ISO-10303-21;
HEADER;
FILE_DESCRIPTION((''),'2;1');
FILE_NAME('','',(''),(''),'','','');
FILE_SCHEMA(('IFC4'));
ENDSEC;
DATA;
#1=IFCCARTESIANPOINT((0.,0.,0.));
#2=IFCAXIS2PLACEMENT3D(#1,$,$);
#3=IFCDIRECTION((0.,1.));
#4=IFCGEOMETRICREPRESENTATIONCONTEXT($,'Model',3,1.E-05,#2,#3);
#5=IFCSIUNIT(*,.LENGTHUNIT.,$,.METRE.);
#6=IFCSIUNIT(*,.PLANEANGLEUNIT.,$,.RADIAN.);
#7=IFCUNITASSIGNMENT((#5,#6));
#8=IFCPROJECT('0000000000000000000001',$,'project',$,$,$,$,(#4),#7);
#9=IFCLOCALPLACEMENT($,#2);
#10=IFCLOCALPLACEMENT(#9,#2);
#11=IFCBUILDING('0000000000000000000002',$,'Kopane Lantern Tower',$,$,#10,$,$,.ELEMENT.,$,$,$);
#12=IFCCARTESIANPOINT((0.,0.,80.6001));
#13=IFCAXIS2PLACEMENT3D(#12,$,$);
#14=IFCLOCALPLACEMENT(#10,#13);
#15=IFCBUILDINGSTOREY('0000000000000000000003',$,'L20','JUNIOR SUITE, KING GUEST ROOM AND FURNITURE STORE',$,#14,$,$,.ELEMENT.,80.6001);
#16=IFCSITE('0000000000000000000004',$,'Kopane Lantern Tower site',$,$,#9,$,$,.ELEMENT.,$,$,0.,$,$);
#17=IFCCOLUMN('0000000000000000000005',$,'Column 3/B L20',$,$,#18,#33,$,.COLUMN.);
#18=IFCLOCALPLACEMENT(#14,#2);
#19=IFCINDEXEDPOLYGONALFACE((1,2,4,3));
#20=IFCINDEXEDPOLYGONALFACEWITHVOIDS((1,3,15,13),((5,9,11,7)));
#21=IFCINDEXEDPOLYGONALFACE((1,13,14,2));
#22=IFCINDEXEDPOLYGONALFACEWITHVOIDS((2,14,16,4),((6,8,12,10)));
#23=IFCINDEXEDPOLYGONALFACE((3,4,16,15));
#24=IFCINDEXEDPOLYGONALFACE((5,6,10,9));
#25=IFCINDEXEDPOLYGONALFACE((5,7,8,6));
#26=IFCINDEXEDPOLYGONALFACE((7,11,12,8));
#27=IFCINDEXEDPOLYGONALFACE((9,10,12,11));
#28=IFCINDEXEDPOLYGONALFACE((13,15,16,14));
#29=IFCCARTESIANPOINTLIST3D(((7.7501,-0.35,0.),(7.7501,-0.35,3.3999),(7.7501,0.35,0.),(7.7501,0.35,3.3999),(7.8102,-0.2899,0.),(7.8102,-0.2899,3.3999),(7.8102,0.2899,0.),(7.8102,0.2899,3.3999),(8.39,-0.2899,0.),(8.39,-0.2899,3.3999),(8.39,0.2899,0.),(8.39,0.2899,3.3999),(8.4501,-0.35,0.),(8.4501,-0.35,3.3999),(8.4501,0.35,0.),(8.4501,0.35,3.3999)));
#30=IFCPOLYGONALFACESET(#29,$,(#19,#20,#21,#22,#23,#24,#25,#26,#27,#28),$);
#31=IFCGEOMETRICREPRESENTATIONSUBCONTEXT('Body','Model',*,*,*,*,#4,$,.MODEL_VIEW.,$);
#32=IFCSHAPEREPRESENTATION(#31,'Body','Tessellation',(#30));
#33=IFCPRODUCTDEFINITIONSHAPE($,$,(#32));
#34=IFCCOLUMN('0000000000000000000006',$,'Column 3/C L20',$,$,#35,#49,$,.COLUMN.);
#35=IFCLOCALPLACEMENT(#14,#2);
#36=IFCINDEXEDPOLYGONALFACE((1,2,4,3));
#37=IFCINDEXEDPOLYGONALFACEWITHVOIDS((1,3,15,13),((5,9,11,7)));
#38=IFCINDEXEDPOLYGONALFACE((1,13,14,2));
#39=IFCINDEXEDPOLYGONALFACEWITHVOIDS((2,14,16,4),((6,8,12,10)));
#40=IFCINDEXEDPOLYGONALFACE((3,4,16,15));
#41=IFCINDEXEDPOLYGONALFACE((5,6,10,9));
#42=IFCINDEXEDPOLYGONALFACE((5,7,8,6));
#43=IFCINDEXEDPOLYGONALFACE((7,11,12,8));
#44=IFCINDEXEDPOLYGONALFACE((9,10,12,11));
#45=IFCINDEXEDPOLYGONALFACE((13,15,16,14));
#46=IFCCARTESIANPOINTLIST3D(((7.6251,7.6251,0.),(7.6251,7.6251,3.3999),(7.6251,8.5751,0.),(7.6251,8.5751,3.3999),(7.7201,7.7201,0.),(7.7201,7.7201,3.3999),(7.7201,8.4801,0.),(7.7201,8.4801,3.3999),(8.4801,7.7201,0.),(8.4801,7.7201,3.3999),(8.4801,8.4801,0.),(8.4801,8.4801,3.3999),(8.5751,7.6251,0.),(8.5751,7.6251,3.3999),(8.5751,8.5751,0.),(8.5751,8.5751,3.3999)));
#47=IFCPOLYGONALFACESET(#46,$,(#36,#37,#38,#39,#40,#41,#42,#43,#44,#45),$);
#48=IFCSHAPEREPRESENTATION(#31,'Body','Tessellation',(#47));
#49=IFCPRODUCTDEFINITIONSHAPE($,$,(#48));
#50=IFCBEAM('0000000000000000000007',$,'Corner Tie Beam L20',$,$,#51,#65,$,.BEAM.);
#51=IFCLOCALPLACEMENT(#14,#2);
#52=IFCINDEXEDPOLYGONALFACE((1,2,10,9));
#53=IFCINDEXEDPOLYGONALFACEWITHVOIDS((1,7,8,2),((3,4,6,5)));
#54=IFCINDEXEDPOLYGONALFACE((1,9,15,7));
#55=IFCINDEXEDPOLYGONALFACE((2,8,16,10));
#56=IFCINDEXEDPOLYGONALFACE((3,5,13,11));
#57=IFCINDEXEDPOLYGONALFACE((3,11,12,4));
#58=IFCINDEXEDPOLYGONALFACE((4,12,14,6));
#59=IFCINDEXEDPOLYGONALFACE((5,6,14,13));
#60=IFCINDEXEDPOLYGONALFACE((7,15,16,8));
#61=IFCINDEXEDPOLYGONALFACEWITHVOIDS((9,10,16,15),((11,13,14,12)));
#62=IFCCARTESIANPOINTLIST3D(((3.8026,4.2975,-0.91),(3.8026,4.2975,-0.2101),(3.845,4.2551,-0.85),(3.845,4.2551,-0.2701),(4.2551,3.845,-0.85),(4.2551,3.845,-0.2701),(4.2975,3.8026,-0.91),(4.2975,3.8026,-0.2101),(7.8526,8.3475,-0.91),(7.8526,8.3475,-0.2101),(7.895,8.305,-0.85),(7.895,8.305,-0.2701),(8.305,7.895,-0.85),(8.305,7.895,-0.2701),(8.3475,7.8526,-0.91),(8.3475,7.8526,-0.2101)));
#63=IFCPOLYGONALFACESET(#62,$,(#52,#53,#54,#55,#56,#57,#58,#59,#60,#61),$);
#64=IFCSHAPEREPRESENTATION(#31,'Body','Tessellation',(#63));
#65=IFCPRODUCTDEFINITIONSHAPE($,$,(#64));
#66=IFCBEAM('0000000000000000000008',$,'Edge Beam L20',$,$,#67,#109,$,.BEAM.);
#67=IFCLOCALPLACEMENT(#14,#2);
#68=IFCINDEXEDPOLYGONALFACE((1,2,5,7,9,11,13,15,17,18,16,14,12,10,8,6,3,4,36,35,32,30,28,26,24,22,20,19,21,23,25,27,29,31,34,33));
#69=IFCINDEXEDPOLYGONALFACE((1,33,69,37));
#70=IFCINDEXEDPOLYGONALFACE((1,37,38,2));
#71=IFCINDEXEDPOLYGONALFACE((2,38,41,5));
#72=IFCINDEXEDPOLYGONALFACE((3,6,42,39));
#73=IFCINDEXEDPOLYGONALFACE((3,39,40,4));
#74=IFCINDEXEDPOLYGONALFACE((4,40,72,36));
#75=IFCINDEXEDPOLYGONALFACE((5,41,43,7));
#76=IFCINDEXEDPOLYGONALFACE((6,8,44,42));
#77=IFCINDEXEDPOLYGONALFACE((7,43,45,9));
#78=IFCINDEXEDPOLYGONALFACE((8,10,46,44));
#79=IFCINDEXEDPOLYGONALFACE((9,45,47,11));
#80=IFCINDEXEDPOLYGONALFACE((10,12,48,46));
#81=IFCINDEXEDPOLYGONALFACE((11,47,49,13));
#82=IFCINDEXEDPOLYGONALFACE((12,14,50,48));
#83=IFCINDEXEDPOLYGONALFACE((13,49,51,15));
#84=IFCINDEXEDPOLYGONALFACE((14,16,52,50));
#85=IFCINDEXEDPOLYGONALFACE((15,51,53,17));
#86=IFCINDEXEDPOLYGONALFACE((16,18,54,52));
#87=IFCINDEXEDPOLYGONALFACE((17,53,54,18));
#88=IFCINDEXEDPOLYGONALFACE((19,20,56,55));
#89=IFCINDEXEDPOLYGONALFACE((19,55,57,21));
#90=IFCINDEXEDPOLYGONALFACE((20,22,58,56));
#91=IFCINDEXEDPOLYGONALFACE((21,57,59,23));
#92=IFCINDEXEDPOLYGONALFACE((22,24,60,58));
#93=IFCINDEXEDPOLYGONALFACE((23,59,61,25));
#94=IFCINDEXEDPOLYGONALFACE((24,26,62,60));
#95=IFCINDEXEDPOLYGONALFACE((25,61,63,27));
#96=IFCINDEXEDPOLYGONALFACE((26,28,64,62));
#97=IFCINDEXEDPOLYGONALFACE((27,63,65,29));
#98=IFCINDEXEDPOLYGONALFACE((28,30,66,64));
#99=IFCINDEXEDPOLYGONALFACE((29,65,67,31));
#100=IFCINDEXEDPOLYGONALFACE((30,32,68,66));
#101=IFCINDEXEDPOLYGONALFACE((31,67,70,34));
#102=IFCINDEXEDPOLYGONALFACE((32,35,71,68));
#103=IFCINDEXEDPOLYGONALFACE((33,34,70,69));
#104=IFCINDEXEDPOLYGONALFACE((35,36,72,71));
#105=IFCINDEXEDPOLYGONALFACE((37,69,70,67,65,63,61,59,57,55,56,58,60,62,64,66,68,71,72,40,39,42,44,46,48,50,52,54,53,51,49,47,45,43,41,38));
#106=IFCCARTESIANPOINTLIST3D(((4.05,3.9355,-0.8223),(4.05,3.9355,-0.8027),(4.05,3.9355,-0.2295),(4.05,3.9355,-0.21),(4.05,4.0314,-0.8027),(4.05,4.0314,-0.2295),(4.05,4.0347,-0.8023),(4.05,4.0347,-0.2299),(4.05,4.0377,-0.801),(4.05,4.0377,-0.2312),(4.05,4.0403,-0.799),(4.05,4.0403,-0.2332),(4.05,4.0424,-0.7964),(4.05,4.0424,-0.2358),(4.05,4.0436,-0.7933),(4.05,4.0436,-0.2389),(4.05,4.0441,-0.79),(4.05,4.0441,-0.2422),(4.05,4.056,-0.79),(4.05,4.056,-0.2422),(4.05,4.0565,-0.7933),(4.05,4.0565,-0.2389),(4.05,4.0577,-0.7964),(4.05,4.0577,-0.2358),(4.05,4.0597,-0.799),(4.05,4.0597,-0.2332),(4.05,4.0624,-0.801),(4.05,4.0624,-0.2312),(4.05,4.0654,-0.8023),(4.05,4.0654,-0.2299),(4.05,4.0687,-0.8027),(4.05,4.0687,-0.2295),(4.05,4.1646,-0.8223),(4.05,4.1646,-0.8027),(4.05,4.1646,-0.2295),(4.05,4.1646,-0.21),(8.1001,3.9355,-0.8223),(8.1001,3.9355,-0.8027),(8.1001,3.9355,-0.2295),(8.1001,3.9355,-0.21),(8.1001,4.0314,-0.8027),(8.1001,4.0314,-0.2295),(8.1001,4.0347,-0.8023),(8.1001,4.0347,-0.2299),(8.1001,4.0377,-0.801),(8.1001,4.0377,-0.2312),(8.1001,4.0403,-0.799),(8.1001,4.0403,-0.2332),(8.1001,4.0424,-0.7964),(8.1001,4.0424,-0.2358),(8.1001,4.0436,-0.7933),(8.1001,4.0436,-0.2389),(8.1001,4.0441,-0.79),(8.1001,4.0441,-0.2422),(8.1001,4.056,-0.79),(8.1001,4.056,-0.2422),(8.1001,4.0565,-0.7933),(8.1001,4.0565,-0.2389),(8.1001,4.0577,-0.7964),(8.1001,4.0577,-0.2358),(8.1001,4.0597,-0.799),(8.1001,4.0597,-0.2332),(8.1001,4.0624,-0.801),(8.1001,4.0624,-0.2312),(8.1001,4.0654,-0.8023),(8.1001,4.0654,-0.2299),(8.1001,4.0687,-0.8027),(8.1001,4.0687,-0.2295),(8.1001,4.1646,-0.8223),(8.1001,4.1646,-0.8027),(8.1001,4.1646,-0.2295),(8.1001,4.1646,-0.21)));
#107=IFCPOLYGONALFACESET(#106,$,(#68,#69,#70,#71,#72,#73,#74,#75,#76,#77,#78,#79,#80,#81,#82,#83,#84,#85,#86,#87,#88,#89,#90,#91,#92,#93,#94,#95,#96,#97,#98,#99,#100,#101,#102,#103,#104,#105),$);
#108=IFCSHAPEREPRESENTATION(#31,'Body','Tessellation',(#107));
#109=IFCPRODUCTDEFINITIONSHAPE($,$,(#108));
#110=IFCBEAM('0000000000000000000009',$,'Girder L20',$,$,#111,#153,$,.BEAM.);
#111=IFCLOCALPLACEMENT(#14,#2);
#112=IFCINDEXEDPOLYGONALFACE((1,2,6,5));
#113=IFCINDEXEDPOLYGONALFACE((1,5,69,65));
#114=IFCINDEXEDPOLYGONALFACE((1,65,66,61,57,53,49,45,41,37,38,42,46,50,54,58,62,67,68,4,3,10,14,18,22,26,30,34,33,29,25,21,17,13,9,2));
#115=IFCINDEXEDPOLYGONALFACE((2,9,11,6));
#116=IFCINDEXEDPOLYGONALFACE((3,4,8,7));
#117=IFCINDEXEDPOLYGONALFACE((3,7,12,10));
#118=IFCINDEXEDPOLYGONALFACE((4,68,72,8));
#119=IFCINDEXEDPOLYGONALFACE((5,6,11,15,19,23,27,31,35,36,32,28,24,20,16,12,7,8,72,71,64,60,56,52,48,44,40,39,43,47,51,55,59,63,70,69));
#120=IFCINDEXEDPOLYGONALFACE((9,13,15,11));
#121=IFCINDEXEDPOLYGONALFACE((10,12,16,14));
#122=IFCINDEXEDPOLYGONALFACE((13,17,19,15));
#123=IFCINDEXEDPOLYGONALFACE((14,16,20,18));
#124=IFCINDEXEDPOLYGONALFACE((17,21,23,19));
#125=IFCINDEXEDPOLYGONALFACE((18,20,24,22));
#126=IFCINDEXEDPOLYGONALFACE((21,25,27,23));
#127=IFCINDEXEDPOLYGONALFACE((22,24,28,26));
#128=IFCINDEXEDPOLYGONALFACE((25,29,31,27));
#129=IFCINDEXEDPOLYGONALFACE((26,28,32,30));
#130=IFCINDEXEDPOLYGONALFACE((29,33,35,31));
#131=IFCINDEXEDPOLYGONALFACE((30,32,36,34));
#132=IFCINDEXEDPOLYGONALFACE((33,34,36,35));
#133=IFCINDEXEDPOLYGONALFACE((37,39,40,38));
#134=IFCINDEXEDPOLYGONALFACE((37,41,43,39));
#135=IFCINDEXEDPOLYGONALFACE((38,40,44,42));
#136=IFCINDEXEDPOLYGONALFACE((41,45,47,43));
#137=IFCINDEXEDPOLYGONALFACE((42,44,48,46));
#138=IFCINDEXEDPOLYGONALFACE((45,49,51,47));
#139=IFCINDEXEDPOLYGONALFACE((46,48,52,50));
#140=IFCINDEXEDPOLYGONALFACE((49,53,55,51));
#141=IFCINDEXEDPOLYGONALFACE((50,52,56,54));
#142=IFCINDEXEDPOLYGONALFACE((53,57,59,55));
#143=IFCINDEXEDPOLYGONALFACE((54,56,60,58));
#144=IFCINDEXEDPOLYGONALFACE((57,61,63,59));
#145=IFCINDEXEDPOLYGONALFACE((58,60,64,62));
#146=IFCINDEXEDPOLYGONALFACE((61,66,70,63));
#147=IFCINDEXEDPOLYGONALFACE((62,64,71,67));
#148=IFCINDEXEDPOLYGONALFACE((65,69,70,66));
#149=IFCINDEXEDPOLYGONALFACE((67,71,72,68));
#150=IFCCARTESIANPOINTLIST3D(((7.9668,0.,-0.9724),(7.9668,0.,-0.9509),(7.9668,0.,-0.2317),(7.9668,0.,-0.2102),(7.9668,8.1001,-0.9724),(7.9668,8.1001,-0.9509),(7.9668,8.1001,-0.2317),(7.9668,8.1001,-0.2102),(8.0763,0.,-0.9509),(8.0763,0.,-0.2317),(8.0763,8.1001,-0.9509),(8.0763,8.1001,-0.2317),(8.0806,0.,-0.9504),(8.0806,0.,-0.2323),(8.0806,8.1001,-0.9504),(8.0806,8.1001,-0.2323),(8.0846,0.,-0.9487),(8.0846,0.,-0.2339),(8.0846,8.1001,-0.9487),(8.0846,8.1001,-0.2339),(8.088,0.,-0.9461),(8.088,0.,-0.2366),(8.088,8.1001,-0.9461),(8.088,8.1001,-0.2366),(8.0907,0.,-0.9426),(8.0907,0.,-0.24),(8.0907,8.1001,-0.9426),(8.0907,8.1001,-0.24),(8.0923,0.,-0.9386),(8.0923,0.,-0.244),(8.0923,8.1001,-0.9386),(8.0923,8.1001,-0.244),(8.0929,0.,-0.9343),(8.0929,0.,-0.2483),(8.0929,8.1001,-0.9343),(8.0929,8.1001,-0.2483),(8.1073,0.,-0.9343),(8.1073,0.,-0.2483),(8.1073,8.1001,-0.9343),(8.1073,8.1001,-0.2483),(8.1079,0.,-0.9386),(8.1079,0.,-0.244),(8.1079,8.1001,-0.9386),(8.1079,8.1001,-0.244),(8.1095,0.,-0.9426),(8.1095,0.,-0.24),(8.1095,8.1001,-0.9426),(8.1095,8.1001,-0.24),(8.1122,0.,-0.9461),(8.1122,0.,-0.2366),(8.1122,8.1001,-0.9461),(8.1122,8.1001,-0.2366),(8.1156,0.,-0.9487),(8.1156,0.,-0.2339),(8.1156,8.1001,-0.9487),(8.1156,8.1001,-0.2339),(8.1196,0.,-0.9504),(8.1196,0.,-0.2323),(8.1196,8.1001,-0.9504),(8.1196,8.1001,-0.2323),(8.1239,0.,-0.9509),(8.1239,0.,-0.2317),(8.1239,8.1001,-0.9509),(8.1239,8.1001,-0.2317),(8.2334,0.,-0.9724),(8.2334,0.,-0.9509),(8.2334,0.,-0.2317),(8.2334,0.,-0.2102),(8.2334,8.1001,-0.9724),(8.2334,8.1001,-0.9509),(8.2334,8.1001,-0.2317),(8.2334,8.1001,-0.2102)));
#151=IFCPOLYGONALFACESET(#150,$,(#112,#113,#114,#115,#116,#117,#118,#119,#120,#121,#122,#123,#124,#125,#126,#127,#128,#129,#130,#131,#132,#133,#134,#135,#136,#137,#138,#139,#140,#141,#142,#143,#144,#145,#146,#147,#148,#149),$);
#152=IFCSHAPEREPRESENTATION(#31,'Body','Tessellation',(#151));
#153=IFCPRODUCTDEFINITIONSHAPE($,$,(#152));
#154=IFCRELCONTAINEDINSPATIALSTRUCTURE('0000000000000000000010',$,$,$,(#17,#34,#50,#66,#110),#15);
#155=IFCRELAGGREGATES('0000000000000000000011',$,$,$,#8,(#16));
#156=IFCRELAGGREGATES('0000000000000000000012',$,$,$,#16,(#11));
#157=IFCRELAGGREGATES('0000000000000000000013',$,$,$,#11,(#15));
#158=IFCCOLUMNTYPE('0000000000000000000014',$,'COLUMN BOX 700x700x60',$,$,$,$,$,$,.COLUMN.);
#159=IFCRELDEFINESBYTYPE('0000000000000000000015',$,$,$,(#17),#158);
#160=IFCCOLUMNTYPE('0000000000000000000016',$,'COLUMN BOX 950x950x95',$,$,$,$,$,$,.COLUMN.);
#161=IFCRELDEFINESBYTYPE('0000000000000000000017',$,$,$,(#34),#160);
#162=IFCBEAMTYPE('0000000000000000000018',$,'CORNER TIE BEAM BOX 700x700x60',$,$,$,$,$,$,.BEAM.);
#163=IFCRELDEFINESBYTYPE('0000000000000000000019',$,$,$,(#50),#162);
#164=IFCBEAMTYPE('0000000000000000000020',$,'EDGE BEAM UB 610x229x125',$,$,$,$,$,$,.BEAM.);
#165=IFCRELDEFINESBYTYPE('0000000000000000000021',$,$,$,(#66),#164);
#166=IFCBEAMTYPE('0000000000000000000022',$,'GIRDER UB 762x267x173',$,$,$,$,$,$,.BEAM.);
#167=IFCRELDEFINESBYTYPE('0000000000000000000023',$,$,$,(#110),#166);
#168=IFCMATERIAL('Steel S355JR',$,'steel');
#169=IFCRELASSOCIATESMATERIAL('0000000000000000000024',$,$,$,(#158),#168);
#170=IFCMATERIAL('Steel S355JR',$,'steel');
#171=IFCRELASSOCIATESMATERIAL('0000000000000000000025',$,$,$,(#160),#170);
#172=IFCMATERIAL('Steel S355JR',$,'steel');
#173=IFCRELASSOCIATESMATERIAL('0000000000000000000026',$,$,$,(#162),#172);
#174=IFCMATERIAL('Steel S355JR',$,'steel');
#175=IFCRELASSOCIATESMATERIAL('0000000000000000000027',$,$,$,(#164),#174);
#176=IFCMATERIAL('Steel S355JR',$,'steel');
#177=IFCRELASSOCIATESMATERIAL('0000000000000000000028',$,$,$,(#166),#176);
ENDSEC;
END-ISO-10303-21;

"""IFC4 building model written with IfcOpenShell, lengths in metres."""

from ifc_helpers import new_model, si_unit, direction, frame, origin, origin_2d, place, context, subcontext, project, spatial, hollow_rectangle, i_section, extrude, material, material_profile, profile_set, type_object, element, save


model = new_model("IFC4")

# Units and contexts
model_context = context("Model", 3, precision=1e-05, world=origin(), true_north=direction((0.0, 1.0)))
body_context = subcontext(model_context, "Body", "Model", "MODEL_VIEW")
ifc_project = project(units=[si_unit("LENGTHUNIT", "METRE"), si_unit("PLANEANGLEUNIT", "RADIAN")], contexts=[model_context])

# Site, building, storey
site_placement = place(None, origin())
site = spatial("IfcSite", under=ifc_project, at=site_placement, Name="Kopane Lantern Tower site", CompositionType="ELEMENT", RefElevation=0.0)
building_placement = place(site_placement, origin())
building = spatial("IfcBuilding", under=site, at=building_placement, Name="Kopane Lantern Tower", CompositionType="ELEMENT")
storey_placement = place(building_placement, frame((0.0, 0.0, 80.6001)))
storey = spatial("IfcBuildingStorey", under=building, at=storey_placement, Name="L20", Description="JUNIOR SUITE, KING GUEST ROOM AND FURNITURE STORE", CompositionType="ELEMENT", Elevation=80.6001)

# Columns
ifc_material_1 = material(Name="Steel S355JR", Category="steel")
ifc_material_profile_1 = material_profile(ifc_material_1, hollow_rectangle(XDim=0.7, YDim=0.7, WallThickness=0.0601, at=origin_2d()), Name="BOX 700x700x60")
ifc_profile_set_1 = profile_set([ifc_material_profile_1], Name="Steel S355JR")
column_type_1 = type_object("IfcColumnType", Name="COLUMN BOX 700x700x60", PredefinedType="COLUMN", material=ifc_profile_set_1)
column_1_placement = place(storey_placement, frame((8.1001, 0.0, 0.0), z_axis=(0.0, 0.0, 1.0), x_axis=(1.0, 0.0, 0.0)))
element("IfcColumn", 1, at=column_1_placement, inside=storey, type_object=column_type_1, Name="Column 3/B L20", PredefinedType="COLUMN", context=body_context, shape_type="SweptSolid", body=[
    extrude(hollow_rectangle(XDim=0.7, YDim=0.7, WallThickness=0.0601, at=origin_2d()), origin(), (0.0, 0.0, 1.0), 3.3999),
])
ifc_material_2 = material(Name="Steel S355JR", Category="steel")
ifc_material_profile_2 = material_profile(ifc_material_2, hollow_rectangle(XDim=0.95, YDim=0.95, WallThickness=0.095, at=origin_2d()), Name="BOX 950x950x95")
ifc_profile_set_2 = profile_set([ifc_material_profile_2], Name="Steel S355JR")
column_type_2 = type_object("IfcColumnType", Name="COLUMN BOX 950x950x95", PredefinedType="COLUMN", material=ifc_profile_set_2)
column_2_placement = place(storey_placement, frame((8.1001, 8.1001, 0.0), z_axis=(0.0, 0.0, 1.0), x_axis=(1.0, 0.0, 0.0)))
element("IfcColumn", 2, at=column_2_placement, inside=storey, type_object=column_type_2, Name="Column 3/C L20", PredefinedType="COLUMN", context=body_context, shape_type="SweptSolid", body=[
    extrude(hollow_rectangle(XDim=0.95, YDim=0.95, WallThickness=0.095, at=origin_2d()), origin(), (0.0, 0.0, 1.0), 3.3999),
])

# Beams
ifc_material_3 = material(Name="Steel S355JR", Category="steel")
ifc_material_profile_3 = material_profile(ifc_material_3, hollow_rectangle(XDim=0.7, YDim=0.7, WallThickness=0.0601, at=origin_2d()), Name="BOX 700x700x60")
ifc_profile_set_3 = profile_set([ifc_material_profile_3], Name="Steel S355JR")
beam_type_1 = type_object("IfcBeamType", Name="CORNER TIE BEAM BOX 700x700x60", PredefinedType="BEAM", material=ifc_profile_set_3)
beam_1_placement = place(storey_placement, frame((4.05, 4.05, -0.5601), z_axis=(0.707107, 0.707107, 0.0), x_axis=(-0.707107, 0.707107, 0.0)))
element("IfcBeam", 3, at=beam_1_placement, inside=storey, type_object=beam_type_1, Name="Corner Tie Beam L20", PredefinedType="BEAM", context=body_context, shape_type="SweptSolid", body=[
    extrude(hollow_rectangle(XDim=0.7, YDim=0.7, WallThickness=0.0601, at=origin_2d()), origin(), (0.0, 0.0, 1.0), 5.7275),
])
ifc_material_4 = material(Name="Steel S355JR", Category="steel")
ifc_material_profile_4 = material_profile(ifc_material_4, i_section(OverallWidth=0.229, OverallDepth=0.6123, WebThickness=0.012, FlangeThickness=0.0195, FilletRadius=0.0127, at=origin_2d()), Name="UB 610x229x125")
ifc_profile_set_4 = profile_set([ifc_material_profile_4], Name="Steel S355JR")
beam_type_2 = type_object("IfcBeamType", Name="EDGE BEAM UB 610x229x125", PredefinedType="BEAM", material=ifc_profile_set_4)
beam_2_placement = place(storey_placement, frame((4.05, 4.05, -0.5161), z_axis=(1.0, 0.0, 0.0), x_axis=(0.0, 1.0, 0.0)))
element("IfcBeam", 4, at=beam_2_placement, inside=storey, type_object=beam_type_2, Name="Edge Beam L20", PredefinedType="BEAM", context=body_context, shape_type="SweptSolid", body=[
    extrude(i_section(OverallWidth=0.229, OverallDepth=0.6123, WebThickness=0.012, FlangeThickness=0.0195, FilletRadius=0.0127, at=origin_2d()), origin(), (0.0, 0.0, 1.0), 4.05),
])
ifc_material_5 = material(Name="Steel S355JR", Category="steel")
ifc_material_profile_5 = material_profile(ifc_material_5, i_section(OverallWidth=0.2666, OverallDepth=0.7622, WebThickness=0.0144, FlangeThickness=0.0215, FilletRadius=0.0166, at=origin_2d()), Name="UB 762x267x173")
ifc_profile_set_5 = profile_set([ifc_material_profile_5], Name="Steel S355JR")
beam_type_3 = type_object("IfcBeamType", Name="GIRDER UB 762x267x173", PredefinedType="BEAM", material=ifc_profile_set_5)
beam_3_placement = place(storey_placement, frame((8.1001, 0.0, -0.5913), z_axis=(0.0, 1.0, 0.0), x_axis=(-1.0, 0.0, 0.0)))
element("IfcBeam", 5, at=beam_3_placement, inside=storey, type_object=beam_type_3, Name="Girder L20", PredefinedType="BEAM", context=body_context, shape_type="SweptSolid", body=[
    extrude(i_section(OverallWidth=0.2666, OverallDepth=0.7622, WebThickness=0.0144, FlangeThickness=0.0215, FilletRadius=0.0166, at=origin_2d()), origin(), (0.0, 0.0, 1.0), 8.1001),
])

save(model, "model.ifc")
